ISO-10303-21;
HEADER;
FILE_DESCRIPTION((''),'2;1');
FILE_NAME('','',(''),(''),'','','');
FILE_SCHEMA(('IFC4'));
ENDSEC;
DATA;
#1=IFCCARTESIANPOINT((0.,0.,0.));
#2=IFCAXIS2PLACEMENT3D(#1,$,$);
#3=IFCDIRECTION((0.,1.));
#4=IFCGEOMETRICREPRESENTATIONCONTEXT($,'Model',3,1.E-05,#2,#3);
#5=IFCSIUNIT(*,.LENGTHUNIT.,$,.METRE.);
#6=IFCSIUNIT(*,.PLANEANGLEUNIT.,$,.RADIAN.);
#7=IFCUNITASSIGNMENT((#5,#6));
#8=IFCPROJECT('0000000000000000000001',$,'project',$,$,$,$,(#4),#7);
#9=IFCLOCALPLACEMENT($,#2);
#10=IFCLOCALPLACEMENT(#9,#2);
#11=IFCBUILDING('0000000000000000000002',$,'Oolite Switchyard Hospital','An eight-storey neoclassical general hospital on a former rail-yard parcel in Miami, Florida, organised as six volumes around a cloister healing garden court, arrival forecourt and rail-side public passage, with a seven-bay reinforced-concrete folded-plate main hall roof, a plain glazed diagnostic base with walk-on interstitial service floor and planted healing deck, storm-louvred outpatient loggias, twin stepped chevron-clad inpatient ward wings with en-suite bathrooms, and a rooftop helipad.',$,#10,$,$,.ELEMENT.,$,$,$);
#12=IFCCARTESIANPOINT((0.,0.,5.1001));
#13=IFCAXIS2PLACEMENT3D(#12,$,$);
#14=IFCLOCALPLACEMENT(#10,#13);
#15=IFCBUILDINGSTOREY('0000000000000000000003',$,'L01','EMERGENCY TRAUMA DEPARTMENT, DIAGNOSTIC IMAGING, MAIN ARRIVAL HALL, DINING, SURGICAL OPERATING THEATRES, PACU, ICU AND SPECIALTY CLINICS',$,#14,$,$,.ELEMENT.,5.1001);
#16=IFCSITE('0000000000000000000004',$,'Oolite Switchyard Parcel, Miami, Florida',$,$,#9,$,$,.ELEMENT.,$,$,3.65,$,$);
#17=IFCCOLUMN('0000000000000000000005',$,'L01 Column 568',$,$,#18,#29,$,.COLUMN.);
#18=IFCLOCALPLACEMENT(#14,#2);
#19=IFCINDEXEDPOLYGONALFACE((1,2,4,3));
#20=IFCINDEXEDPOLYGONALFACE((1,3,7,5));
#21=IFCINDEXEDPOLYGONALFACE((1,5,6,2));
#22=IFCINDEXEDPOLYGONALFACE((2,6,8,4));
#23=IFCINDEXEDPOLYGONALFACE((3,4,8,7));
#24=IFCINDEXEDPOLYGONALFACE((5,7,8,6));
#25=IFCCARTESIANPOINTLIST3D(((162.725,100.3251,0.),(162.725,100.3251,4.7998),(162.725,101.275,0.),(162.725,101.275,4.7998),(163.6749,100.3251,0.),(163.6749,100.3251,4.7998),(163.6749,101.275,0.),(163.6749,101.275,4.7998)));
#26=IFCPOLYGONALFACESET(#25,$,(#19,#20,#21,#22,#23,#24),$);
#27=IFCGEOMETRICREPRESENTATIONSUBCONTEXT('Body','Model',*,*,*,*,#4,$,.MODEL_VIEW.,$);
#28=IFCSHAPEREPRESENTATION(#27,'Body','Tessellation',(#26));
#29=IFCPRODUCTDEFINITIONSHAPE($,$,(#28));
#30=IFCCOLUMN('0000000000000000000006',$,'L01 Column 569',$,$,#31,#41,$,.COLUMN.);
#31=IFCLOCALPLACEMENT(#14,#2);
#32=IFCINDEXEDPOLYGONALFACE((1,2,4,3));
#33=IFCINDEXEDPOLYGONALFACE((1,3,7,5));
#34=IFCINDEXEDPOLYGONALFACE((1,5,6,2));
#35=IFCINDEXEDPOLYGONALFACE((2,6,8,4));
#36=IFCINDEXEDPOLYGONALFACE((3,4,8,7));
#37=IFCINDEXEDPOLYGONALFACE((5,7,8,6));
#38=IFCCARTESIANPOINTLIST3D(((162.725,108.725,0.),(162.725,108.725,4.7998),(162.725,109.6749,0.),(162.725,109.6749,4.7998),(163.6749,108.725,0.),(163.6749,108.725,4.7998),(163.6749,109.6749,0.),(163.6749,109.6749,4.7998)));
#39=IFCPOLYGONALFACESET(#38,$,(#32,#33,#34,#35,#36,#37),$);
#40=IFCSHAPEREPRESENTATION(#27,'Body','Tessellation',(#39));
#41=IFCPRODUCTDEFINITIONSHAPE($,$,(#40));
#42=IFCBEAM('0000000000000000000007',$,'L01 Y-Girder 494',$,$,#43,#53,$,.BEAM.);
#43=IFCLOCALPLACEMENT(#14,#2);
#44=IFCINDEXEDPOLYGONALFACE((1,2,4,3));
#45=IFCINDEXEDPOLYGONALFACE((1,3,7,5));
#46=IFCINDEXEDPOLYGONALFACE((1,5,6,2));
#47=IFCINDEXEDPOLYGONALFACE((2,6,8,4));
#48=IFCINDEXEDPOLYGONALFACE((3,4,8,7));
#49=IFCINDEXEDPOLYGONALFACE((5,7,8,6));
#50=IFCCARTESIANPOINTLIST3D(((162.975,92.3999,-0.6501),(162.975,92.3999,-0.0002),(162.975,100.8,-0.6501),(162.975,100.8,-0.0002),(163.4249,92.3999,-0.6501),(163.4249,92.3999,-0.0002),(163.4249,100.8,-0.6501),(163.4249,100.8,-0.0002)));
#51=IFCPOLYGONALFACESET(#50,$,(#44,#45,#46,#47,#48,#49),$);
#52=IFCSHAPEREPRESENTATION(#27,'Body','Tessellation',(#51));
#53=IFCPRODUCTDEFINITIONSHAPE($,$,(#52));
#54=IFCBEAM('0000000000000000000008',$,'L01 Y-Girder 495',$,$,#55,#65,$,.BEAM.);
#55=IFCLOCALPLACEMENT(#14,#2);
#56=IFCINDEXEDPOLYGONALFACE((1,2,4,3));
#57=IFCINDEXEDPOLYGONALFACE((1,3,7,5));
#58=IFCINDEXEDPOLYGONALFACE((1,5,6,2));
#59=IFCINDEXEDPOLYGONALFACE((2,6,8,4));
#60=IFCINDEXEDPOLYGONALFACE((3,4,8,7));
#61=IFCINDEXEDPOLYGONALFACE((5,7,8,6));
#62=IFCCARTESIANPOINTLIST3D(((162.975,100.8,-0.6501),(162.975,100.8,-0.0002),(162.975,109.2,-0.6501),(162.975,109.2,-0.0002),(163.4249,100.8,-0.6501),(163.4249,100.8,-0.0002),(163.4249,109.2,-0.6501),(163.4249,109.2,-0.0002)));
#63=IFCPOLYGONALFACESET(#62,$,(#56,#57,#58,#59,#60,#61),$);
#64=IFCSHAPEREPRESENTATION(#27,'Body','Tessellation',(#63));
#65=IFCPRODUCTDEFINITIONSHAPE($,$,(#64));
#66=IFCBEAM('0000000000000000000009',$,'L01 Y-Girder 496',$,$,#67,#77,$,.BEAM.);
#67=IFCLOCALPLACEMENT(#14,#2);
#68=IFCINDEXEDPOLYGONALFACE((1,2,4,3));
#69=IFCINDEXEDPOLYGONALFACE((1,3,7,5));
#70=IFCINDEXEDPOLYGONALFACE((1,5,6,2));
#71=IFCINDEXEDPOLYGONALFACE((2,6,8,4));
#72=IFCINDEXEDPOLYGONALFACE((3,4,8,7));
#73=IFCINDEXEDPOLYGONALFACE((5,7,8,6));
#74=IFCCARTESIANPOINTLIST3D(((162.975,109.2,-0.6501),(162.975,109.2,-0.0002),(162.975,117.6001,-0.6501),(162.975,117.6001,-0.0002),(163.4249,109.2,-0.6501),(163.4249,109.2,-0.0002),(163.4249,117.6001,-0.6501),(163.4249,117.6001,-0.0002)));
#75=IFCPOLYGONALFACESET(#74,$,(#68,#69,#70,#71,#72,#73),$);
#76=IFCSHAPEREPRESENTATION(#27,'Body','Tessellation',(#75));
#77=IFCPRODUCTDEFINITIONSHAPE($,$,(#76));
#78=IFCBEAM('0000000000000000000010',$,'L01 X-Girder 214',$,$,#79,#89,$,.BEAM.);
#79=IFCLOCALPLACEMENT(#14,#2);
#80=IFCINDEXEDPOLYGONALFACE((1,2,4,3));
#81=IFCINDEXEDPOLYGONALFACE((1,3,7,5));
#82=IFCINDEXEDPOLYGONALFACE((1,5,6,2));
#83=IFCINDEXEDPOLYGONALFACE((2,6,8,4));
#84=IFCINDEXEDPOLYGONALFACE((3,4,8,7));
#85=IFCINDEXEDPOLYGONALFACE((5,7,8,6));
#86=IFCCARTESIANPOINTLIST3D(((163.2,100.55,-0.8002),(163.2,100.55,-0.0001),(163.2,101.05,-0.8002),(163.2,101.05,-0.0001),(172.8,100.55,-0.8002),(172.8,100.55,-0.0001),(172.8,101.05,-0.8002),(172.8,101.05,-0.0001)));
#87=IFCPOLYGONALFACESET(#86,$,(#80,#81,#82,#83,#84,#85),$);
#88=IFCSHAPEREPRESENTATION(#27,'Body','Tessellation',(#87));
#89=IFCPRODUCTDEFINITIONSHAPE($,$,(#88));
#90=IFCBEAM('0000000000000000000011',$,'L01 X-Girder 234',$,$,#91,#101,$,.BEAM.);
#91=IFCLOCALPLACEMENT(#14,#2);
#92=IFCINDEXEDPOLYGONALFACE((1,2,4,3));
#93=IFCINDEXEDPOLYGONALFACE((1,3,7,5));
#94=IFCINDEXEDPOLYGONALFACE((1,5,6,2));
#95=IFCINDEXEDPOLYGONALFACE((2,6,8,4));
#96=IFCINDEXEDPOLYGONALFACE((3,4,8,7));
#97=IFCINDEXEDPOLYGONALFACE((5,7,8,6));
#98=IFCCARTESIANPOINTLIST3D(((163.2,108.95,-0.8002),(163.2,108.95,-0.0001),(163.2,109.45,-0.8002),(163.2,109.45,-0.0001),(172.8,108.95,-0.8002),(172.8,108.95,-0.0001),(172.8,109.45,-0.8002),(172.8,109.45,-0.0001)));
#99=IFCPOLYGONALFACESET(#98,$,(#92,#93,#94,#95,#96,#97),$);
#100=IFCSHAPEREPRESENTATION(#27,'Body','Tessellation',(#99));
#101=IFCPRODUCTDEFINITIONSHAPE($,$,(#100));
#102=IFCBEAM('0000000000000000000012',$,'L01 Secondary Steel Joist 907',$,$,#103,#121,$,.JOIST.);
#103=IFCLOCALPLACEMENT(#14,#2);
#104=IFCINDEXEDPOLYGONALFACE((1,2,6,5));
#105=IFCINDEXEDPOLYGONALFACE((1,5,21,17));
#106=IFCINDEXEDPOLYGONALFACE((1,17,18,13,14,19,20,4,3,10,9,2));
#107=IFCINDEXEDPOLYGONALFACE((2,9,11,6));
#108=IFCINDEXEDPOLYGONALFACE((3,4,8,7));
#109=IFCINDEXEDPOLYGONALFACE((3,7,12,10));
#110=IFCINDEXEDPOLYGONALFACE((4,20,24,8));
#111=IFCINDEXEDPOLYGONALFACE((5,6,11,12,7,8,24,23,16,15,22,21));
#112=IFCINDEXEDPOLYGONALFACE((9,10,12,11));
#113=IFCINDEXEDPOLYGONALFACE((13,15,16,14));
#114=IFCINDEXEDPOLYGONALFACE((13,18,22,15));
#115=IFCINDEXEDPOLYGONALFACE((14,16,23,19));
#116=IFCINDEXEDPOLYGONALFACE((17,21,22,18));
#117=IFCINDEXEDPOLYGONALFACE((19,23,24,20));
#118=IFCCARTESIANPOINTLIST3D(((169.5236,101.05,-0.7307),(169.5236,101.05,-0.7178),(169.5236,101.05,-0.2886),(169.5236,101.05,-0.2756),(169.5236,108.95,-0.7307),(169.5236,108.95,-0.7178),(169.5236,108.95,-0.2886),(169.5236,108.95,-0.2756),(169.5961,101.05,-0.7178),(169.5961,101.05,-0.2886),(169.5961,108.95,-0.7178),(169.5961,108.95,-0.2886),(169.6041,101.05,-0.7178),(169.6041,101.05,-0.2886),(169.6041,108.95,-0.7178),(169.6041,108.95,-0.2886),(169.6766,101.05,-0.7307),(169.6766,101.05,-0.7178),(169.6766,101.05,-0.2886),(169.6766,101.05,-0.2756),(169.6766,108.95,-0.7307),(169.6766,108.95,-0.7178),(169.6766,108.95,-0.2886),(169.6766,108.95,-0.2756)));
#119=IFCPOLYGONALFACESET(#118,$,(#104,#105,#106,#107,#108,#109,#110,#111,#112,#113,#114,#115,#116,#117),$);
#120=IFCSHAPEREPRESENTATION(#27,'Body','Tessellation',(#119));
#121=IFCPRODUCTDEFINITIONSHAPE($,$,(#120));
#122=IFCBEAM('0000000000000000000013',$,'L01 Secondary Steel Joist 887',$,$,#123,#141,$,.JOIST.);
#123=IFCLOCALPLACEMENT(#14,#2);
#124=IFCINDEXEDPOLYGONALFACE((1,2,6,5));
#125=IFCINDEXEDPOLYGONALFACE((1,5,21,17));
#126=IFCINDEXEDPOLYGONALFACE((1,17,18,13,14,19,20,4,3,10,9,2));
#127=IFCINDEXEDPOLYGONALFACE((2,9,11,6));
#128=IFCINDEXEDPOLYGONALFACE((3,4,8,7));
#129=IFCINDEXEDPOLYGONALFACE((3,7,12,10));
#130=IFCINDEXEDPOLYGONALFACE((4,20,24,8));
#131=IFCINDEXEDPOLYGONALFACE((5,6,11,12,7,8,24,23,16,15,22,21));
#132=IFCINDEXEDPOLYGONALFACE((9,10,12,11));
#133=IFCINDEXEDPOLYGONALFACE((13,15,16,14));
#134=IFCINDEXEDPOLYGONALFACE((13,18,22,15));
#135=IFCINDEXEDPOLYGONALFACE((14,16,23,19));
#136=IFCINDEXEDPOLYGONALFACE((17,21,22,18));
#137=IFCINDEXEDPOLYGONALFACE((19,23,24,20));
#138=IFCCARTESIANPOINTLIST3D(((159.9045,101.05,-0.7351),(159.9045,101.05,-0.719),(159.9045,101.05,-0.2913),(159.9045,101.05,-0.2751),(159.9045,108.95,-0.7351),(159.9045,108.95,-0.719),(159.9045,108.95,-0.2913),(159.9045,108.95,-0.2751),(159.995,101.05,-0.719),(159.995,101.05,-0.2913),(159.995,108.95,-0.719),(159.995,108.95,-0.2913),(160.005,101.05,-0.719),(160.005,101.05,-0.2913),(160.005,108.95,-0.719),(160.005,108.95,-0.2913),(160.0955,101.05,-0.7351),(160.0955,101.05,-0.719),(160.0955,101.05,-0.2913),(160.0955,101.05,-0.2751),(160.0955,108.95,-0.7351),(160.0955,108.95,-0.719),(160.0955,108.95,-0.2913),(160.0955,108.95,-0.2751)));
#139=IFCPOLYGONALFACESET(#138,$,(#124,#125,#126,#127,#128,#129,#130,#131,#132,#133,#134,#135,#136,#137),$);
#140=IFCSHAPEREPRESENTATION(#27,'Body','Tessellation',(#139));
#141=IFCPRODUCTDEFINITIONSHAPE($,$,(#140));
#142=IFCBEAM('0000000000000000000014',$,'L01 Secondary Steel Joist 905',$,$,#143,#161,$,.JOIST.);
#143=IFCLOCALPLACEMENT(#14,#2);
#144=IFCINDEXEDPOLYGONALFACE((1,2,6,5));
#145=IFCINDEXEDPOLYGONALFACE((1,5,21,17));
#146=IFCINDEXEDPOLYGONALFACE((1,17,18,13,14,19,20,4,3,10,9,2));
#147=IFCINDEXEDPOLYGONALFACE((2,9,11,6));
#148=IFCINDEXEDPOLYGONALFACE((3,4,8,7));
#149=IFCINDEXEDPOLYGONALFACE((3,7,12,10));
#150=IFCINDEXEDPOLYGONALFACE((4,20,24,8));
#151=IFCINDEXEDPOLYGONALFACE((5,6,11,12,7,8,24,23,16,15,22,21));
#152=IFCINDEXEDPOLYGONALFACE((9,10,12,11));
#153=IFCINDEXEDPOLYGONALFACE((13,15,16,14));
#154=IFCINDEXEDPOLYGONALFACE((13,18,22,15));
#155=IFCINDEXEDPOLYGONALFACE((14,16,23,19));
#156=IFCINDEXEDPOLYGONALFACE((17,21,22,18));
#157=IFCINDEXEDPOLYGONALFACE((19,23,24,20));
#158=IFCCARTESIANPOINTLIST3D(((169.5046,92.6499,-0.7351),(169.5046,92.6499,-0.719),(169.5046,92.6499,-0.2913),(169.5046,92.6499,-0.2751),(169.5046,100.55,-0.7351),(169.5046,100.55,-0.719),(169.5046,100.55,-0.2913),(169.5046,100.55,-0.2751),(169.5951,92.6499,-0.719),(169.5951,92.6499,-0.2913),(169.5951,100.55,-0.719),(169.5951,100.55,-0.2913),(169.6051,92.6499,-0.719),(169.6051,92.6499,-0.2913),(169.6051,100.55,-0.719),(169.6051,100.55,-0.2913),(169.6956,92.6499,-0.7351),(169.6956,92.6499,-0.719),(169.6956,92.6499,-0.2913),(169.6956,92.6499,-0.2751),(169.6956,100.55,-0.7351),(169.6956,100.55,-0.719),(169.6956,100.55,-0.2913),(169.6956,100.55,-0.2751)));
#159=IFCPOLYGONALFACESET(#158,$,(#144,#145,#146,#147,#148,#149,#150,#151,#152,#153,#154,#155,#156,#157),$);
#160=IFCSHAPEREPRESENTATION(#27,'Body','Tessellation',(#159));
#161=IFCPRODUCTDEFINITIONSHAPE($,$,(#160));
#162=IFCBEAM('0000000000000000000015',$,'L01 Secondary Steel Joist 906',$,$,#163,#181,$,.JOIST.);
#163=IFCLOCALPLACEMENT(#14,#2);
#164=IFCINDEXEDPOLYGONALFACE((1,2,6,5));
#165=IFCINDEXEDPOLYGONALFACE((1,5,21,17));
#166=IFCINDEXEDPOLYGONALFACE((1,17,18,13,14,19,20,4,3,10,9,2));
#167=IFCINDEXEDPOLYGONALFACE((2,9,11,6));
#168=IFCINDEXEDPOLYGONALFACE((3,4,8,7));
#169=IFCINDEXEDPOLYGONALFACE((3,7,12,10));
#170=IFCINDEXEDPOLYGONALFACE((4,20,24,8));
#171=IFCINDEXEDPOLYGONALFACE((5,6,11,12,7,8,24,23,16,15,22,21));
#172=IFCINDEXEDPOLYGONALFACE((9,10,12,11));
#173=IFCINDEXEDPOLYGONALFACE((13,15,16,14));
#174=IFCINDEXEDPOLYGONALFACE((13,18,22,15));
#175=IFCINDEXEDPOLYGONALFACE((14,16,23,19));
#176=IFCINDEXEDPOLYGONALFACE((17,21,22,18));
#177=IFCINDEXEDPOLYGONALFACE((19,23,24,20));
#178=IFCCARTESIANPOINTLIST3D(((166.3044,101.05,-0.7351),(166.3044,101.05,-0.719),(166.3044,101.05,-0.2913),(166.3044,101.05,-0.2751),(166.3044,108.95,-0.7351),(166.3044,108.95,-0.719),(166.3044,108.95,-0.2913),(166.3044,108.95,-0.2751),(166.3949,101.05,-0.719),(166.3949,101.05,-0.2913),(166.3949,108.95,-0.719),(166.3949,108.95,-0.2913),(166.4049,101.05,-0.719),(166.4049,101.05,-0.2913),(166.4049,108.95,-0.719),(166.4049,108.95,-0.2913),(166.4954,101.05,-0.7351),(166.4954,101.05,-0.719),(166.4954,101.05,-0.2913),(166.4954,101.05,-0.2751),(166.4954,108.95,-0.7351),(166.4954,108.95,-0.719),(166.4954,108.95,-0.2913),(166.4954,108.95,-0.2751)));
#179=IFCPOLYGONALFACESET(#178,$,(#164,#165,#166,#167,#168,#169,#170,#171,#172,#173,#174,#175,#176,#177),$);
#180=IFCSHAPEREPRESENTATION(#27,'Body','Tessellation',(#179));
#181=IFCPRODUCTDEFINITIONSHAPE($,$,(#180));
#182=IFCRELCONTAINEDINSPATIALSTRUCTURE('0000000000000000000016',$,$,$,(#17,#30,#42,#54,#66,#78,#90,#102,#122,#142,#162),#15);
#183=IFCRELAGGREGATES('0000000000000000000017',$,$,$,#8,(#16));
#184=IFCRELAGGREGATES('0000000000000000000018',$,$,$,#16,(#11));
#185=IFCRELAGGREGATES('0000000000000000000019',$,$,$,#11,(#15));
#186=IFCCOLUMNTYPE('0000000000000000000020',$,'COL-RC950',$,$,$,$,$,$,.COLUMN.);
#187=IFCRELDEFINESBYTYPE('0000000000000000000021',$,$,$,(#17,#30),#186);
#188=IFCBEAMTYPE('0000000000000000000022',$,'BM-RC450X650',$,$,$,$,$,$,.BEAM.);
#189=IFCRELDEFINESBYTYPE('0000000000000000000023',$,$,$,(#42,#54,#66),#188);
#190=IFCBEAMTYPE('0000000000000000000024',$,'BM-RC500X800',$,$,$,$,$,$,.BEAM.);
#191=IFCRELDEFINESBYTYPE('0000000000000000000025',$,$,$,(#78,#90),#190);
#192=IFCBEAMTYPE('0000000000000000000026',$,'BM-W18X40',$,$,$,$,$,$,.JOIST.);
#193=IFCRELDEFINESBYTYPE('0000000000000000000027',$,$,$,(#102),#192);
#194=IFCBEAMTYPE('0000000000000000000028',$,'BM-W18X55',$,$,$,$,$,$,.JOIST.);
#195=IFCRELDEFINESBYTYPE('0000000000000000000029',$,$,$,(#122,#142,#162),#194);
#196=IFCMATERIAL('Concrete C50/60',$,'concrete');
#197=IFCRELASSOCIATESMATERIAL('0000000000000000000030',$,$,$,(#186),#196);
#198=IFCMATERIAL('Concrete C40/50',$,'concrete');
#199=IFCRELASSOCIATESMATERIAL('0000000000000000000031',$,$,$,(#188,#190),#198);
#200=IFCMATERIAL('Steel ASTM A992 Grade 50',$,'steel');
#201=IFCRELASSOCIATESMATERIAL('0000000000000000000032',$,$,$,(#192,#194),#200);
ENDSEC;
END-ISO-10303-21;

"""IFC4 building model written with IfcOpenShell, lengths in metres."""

from ifc_helpers import new_model, si_unit, direction, frame, origin, origin_2d, place, context, subcontext, project, spatial, rectangle, i_section, extrude, material, material_profile, profile_set, type_object, element, save


model = new_model("IFC4")

# Units and contexts
model_context = context("Model", 3, precision=1e-05, world=origin(), true_north=direction((0.0, 1.0)))
body_context = subcontext(model_context, "Body", "Model", "MODEL_VIEW")
ifc_project = project(units=[si_unit("LENGTHUNIT", "METRE"), si_unit("PLANEANGLEUNIT", "RADIAN")], contexts=[model_context])

# Site, building, storey
site_placement = place(None, origin())
site = spatial("IfcSite", under=ifc_project, at=site_placement, Name="Oolite Switchyard Parcel, Miami, Florida", CompositionType="ELEMENT", RefElevation=3.65)
building_placement = place(site_placement, origin())
building = spatial("IfcBuilding", under=site, at=building_placement, Name="Oolite Switchyard Hospital", Description="An eight-storey neoclassical general hospital on a former rail-yard parcel in Miami, Florida, organised as six volumes around a cloister healing garden court, arrival forecourt and rail-side public passage, with a seven-bay reinforced-concrete folded-plate main hall roof, a plain glazed diagnostic base with walk-on interstitial service floor and planted healing deck, storm-louvred outpatient loggias, twin stepped chevron-clad inpatient ward wings with en-suite bathrooms, and a rooftop helipad.", CompositionType="ELEMENT")
storey_placement = place(building_placement, frame((0.0, 0.0, 5.1001)))
storey = spatial("IfcBuildingStorey", under=building, at=storey_placement, Name="L01", Description="EMERGENCY TRAUMA DEPARTMENT, DIAGNOSTIC IMAGING, MAIN ARRIVAL HALL, DINING, SURGICAL OPERATING THEATRES, PACU, ICU AND SPECIALTY CLINICS", CompositionType="ELEMENT", Elevation=5.1001)

# Columns
ifc_material_1 = material(Name="Concrete C50/60", Category="concrete")
ifc_material_profile_1 = material_profile(ifc_material_1, rectangle(XDim=0.95, YDim=0.95, at=origin_2d()), Name="RC950X950")
ifc_profile_set_1 = profile_set([ifc_material_profile_1], Name="Concrete C50/60")
column_type = type_object("IfcColumnType", Name="COL-RC950", PredefinedType="COLUMN", material=ifc_profile_set_1)
for number, where, z_axis, x_axis, name in (
    (1, (163.2, 100.8, 0.0), (0.0, 0.0, 1.0), (1.0, 0.0, 0.0), "L01 Column 568"),
    (2, (163.2, 109.2, 0.0), (0.0, 0.0, 1.0), (1.0, 0.0, 0.0), "L01 Column 569"),
):
    element("IfcColumn", number, at=place(storey_placement, frame(where, z_axis=z_axis, x_axis=x_axis)), inside=storey, type_object=column_type, Name=name, PredefinedType="COLUMN", context=body_context, shape_type="SweptSolid", body=[
        extrude(rectangle(XDim=0.95, YDim=0.95, at=origin_2d()), origin(), (0.0, 0.0, 1.0), 4.7998),
    ])

# Beams
ifc_material_2 = material(Name="Concrete C40/50", Category="concrete")
ifc_material_profile_2 = material_profile(ifc_material_2, rectangle(XDim=0.45, YDim=0.6499, at=origin_2d()), Name="RCB450X650")
ifc_profile_set_2 = profile_set([ifc_material_profile_2], Name="Concrete C40/50")
beam_type_1 = type_object("IfcBeamType", Name="BM-RC450X650", PredefinedType="BEAM", material=ifc_profile_set_2)
beam_1_placement = place(storey_placement, frame((163.2, 92.3999, -0.3252), z_axis=(0.0, 1.0, 0.0), x_axis=(-1.0, 0.0, 0.0)))
element("IfcBeam", 3, at=beam_1_placement, inside=storey, type_object=beam_type_1, Name="L01 Y-Girder 494", PredefinedType="BEAM", context=body_context, shape_type="SweptSolid", body=[
    extrude(rectangle(XDim=0.45, YDim=0.6499, at=origin_2d()), origin(), (0.0, 0.0, 1.0), 8.4001),
])
beam_2_placement = place(storey_placement, frame((163.2, 100.8, -0.3252), z_axis=(0.0, 1.0, 0.0), x_axis=(-1.0, 0.0, 0.0)))
element("IfcBeam", 4, at=beam_2_placement, inside=storey, type_object=beam_type_1, Name="L01 Y-Girder 495", PredefinedType="BEAM", context=body_context, shape_type="SweptSolid", body=[
    extrude(rectangle(XDim=0.45, YDim=0.6499, at=origin_2d()), origin(), (0.0, 0.0, 1.0), 8.3999),
])
beam_3_placement = place(storey_placement, frame((163.2, 109.2, -0.3252), z_axis=(0.0, 1.0, 0.0), x_axis=(-1.0, 0.0, 0.0)))
element("IfcBeam", 5, at=beam_3_placement, inside=storey, type_object=beam_type_1, Name="L01 Y-Girder 496", PredefinedType="BEAM", context=body_context, shape_type="SweptSolid", body=[
    extrude(rectangle(XDim=0.45, YDim=0.6499, at=origin_2d()), origin(), (0.0, 0.0, 1.0), 8.4001),
])
ifc_material_profile_3 = material_profile(ifc_material_2, rectangle(XDim=0.5, YDim=0.8, at=origin_2d()), Name="RCB500X800")
ifc_profile_set_3 = profile_set([ifc_material_profile_3], Name="Concrete C40/50")
beam_type_2 = type_object("IfcBeamType", Name="BM-RC500X800", PredefinedType="BEAM", material=ifc_profile_set_3)
for number, where, z_axis, x_axis, name in (
    (6, (163.2, 100.8, -0.4001), (1.0, 0.0, 0.0), (0.0, 1.0, 0.0), "L01 X-Girder 214"),
    (7, (163.2, 109.2, -0.4001), (1.0, 0.0, 0.0), (0.0, 1.0, 0.0), "L01 X-Girder 234"),
):
    element("IfcBeam", number, at=place(storey_placement, frame(where, z_axis=z_axis, x_axis=x_axis)), inside=storey, type_object=beam_type_2, Name=name, PredefinedType="BEAM", context=body_context, shape_type="SweptSolid", body=[
        extrude(rectangle(XDim=0.5, YDim=0.8, at=origin_2d()), origin(), (0.0, 0.0, 1.0), 9.6001),
    ])
ifc_material_3 = material(Name="Steel ASTM A992 Grade 50", Category="steel")
ifc_material_profile_4 = material_profile(ifc_material_3, i_section(OverallWidth=0.1531, OverallDepth=0.4551, WebThickness=0.0081, FlangeThickness=0.0129, at=origin_2d()), Name="W18X40")
ifc_profile_set_4 = profile_set([ifc_material_profile_4], Name="Steel ASTM A992 Grade 50")
beam_type_3 = type_object("IfcBeamType", Name="BM-W18X40", PredefinedType="JOIST", material=ifc_profile_set_4)
beam_4_placement = place(storey_placement, frame((169.6001, 101.05, -0.5032), z_axis=(0.0, 1.0, 0.0), x_axis=(-1.0, 0.0, 0.0)))
element("IfcBeam", 8, at=beam_4_placement, inside=storey, type_object=beam_type_3, Name="L01 Secondary Steel Joist 907", PredefinedType="JOIST", context=body_context, shape_type="SweptSolid", body=[
    extrude(i_section(OverallWidth=0.1531, OverallDepth=0.4551, WebThickness=0.0081, FlangeThickness=0.0129, at=origin_2d()), origin(), (0.0, 0.0, 1.0), 7.8999),
])
ifc_material_profile_5 = material_profile(ifc_material_3, i_section(OverallWidth=0.1909, OverallDepth=0.46, WebThickness=0.01, FlangeThickness=0.0161, at=origin_2d()), Name="W18X55")
ifc_profile_set_5 = profile_set([ifc_material_profile_5], Name="Steel ASTM A992 Grade 50")
beam_type_4 = type_object("IfcBeamType", Name="BM-W18X55", PredefinedType="JOIST", material=ifc_profile_set_5)
beam_5_placement = place(storey_placement, frame((160.0, 101.05, -0.5051), z_axis=(0.0, 1.0, 0.0), x_axis=(-1.0, 0.0, 0.0)))
element("IfcBeam", 9, at=beam_5_placement, inside=storey, type_object=beam_type_4, Name="L01 Secondary Steel Joist 887", PredefinedType="JOIST", context=body_context, shape_type="SweptSolid", body=[
    extrude(i_section(OverallWidth=0.1909, OverallDepth=0.46, WebThickness=0.01, FlangeThickness=0.0161, at=origin_2d()), origin(), (0.0, 0.0, 1.0), 7.8999),
])
beam_6_placement = place(storey_placement, frame((169.6001, 92.6499, -0.5051), z_axis=(0.0, 1.0, 0.0), x_axis=(-1.0, 0.0, 0.0)))
element("IfcBeam", 10, at=beam_6_placement, inside=storey, type_object=beam_type_4, Name="L01 Secondary Steel Joist 905", PredefinedType="JOIST", context=body_context, shape_type="SweptSolid", body=[
    extrude(i_section(OverallWidth=0.1909, OverallDepth=0.46, WebThickness=0.01, FlangeThickness=0.0161, at=origin_2d()), origin(), (0.0, 0.0, 1.0), 7.9001),
])
beam_7_placement = place(storey_placement, frame((166.3999, 101.05, -0.5051), z_axis=(0.0, 1.0, 0.0), x_axis=(-1.0, 0.0, 0.0)))
element("IfcBeam", 11, at=beam_7_placement, inside=storey, type_object=beam_type_4, Name="L01 Secondary Steel Joist 906", PredefinedType="JOIST", context=body_context, shape_type="SweptSolid", body=[
    extrude(i_section(OverallWidth=0.1909, OverallDepth=0.46, WebThickness=0.01, FlangeThickness=0.0161, at=origin_2d()), origin(), (0.0, 0.0, 1.0), 7.8999),
])

save(model, "model.ifc")
